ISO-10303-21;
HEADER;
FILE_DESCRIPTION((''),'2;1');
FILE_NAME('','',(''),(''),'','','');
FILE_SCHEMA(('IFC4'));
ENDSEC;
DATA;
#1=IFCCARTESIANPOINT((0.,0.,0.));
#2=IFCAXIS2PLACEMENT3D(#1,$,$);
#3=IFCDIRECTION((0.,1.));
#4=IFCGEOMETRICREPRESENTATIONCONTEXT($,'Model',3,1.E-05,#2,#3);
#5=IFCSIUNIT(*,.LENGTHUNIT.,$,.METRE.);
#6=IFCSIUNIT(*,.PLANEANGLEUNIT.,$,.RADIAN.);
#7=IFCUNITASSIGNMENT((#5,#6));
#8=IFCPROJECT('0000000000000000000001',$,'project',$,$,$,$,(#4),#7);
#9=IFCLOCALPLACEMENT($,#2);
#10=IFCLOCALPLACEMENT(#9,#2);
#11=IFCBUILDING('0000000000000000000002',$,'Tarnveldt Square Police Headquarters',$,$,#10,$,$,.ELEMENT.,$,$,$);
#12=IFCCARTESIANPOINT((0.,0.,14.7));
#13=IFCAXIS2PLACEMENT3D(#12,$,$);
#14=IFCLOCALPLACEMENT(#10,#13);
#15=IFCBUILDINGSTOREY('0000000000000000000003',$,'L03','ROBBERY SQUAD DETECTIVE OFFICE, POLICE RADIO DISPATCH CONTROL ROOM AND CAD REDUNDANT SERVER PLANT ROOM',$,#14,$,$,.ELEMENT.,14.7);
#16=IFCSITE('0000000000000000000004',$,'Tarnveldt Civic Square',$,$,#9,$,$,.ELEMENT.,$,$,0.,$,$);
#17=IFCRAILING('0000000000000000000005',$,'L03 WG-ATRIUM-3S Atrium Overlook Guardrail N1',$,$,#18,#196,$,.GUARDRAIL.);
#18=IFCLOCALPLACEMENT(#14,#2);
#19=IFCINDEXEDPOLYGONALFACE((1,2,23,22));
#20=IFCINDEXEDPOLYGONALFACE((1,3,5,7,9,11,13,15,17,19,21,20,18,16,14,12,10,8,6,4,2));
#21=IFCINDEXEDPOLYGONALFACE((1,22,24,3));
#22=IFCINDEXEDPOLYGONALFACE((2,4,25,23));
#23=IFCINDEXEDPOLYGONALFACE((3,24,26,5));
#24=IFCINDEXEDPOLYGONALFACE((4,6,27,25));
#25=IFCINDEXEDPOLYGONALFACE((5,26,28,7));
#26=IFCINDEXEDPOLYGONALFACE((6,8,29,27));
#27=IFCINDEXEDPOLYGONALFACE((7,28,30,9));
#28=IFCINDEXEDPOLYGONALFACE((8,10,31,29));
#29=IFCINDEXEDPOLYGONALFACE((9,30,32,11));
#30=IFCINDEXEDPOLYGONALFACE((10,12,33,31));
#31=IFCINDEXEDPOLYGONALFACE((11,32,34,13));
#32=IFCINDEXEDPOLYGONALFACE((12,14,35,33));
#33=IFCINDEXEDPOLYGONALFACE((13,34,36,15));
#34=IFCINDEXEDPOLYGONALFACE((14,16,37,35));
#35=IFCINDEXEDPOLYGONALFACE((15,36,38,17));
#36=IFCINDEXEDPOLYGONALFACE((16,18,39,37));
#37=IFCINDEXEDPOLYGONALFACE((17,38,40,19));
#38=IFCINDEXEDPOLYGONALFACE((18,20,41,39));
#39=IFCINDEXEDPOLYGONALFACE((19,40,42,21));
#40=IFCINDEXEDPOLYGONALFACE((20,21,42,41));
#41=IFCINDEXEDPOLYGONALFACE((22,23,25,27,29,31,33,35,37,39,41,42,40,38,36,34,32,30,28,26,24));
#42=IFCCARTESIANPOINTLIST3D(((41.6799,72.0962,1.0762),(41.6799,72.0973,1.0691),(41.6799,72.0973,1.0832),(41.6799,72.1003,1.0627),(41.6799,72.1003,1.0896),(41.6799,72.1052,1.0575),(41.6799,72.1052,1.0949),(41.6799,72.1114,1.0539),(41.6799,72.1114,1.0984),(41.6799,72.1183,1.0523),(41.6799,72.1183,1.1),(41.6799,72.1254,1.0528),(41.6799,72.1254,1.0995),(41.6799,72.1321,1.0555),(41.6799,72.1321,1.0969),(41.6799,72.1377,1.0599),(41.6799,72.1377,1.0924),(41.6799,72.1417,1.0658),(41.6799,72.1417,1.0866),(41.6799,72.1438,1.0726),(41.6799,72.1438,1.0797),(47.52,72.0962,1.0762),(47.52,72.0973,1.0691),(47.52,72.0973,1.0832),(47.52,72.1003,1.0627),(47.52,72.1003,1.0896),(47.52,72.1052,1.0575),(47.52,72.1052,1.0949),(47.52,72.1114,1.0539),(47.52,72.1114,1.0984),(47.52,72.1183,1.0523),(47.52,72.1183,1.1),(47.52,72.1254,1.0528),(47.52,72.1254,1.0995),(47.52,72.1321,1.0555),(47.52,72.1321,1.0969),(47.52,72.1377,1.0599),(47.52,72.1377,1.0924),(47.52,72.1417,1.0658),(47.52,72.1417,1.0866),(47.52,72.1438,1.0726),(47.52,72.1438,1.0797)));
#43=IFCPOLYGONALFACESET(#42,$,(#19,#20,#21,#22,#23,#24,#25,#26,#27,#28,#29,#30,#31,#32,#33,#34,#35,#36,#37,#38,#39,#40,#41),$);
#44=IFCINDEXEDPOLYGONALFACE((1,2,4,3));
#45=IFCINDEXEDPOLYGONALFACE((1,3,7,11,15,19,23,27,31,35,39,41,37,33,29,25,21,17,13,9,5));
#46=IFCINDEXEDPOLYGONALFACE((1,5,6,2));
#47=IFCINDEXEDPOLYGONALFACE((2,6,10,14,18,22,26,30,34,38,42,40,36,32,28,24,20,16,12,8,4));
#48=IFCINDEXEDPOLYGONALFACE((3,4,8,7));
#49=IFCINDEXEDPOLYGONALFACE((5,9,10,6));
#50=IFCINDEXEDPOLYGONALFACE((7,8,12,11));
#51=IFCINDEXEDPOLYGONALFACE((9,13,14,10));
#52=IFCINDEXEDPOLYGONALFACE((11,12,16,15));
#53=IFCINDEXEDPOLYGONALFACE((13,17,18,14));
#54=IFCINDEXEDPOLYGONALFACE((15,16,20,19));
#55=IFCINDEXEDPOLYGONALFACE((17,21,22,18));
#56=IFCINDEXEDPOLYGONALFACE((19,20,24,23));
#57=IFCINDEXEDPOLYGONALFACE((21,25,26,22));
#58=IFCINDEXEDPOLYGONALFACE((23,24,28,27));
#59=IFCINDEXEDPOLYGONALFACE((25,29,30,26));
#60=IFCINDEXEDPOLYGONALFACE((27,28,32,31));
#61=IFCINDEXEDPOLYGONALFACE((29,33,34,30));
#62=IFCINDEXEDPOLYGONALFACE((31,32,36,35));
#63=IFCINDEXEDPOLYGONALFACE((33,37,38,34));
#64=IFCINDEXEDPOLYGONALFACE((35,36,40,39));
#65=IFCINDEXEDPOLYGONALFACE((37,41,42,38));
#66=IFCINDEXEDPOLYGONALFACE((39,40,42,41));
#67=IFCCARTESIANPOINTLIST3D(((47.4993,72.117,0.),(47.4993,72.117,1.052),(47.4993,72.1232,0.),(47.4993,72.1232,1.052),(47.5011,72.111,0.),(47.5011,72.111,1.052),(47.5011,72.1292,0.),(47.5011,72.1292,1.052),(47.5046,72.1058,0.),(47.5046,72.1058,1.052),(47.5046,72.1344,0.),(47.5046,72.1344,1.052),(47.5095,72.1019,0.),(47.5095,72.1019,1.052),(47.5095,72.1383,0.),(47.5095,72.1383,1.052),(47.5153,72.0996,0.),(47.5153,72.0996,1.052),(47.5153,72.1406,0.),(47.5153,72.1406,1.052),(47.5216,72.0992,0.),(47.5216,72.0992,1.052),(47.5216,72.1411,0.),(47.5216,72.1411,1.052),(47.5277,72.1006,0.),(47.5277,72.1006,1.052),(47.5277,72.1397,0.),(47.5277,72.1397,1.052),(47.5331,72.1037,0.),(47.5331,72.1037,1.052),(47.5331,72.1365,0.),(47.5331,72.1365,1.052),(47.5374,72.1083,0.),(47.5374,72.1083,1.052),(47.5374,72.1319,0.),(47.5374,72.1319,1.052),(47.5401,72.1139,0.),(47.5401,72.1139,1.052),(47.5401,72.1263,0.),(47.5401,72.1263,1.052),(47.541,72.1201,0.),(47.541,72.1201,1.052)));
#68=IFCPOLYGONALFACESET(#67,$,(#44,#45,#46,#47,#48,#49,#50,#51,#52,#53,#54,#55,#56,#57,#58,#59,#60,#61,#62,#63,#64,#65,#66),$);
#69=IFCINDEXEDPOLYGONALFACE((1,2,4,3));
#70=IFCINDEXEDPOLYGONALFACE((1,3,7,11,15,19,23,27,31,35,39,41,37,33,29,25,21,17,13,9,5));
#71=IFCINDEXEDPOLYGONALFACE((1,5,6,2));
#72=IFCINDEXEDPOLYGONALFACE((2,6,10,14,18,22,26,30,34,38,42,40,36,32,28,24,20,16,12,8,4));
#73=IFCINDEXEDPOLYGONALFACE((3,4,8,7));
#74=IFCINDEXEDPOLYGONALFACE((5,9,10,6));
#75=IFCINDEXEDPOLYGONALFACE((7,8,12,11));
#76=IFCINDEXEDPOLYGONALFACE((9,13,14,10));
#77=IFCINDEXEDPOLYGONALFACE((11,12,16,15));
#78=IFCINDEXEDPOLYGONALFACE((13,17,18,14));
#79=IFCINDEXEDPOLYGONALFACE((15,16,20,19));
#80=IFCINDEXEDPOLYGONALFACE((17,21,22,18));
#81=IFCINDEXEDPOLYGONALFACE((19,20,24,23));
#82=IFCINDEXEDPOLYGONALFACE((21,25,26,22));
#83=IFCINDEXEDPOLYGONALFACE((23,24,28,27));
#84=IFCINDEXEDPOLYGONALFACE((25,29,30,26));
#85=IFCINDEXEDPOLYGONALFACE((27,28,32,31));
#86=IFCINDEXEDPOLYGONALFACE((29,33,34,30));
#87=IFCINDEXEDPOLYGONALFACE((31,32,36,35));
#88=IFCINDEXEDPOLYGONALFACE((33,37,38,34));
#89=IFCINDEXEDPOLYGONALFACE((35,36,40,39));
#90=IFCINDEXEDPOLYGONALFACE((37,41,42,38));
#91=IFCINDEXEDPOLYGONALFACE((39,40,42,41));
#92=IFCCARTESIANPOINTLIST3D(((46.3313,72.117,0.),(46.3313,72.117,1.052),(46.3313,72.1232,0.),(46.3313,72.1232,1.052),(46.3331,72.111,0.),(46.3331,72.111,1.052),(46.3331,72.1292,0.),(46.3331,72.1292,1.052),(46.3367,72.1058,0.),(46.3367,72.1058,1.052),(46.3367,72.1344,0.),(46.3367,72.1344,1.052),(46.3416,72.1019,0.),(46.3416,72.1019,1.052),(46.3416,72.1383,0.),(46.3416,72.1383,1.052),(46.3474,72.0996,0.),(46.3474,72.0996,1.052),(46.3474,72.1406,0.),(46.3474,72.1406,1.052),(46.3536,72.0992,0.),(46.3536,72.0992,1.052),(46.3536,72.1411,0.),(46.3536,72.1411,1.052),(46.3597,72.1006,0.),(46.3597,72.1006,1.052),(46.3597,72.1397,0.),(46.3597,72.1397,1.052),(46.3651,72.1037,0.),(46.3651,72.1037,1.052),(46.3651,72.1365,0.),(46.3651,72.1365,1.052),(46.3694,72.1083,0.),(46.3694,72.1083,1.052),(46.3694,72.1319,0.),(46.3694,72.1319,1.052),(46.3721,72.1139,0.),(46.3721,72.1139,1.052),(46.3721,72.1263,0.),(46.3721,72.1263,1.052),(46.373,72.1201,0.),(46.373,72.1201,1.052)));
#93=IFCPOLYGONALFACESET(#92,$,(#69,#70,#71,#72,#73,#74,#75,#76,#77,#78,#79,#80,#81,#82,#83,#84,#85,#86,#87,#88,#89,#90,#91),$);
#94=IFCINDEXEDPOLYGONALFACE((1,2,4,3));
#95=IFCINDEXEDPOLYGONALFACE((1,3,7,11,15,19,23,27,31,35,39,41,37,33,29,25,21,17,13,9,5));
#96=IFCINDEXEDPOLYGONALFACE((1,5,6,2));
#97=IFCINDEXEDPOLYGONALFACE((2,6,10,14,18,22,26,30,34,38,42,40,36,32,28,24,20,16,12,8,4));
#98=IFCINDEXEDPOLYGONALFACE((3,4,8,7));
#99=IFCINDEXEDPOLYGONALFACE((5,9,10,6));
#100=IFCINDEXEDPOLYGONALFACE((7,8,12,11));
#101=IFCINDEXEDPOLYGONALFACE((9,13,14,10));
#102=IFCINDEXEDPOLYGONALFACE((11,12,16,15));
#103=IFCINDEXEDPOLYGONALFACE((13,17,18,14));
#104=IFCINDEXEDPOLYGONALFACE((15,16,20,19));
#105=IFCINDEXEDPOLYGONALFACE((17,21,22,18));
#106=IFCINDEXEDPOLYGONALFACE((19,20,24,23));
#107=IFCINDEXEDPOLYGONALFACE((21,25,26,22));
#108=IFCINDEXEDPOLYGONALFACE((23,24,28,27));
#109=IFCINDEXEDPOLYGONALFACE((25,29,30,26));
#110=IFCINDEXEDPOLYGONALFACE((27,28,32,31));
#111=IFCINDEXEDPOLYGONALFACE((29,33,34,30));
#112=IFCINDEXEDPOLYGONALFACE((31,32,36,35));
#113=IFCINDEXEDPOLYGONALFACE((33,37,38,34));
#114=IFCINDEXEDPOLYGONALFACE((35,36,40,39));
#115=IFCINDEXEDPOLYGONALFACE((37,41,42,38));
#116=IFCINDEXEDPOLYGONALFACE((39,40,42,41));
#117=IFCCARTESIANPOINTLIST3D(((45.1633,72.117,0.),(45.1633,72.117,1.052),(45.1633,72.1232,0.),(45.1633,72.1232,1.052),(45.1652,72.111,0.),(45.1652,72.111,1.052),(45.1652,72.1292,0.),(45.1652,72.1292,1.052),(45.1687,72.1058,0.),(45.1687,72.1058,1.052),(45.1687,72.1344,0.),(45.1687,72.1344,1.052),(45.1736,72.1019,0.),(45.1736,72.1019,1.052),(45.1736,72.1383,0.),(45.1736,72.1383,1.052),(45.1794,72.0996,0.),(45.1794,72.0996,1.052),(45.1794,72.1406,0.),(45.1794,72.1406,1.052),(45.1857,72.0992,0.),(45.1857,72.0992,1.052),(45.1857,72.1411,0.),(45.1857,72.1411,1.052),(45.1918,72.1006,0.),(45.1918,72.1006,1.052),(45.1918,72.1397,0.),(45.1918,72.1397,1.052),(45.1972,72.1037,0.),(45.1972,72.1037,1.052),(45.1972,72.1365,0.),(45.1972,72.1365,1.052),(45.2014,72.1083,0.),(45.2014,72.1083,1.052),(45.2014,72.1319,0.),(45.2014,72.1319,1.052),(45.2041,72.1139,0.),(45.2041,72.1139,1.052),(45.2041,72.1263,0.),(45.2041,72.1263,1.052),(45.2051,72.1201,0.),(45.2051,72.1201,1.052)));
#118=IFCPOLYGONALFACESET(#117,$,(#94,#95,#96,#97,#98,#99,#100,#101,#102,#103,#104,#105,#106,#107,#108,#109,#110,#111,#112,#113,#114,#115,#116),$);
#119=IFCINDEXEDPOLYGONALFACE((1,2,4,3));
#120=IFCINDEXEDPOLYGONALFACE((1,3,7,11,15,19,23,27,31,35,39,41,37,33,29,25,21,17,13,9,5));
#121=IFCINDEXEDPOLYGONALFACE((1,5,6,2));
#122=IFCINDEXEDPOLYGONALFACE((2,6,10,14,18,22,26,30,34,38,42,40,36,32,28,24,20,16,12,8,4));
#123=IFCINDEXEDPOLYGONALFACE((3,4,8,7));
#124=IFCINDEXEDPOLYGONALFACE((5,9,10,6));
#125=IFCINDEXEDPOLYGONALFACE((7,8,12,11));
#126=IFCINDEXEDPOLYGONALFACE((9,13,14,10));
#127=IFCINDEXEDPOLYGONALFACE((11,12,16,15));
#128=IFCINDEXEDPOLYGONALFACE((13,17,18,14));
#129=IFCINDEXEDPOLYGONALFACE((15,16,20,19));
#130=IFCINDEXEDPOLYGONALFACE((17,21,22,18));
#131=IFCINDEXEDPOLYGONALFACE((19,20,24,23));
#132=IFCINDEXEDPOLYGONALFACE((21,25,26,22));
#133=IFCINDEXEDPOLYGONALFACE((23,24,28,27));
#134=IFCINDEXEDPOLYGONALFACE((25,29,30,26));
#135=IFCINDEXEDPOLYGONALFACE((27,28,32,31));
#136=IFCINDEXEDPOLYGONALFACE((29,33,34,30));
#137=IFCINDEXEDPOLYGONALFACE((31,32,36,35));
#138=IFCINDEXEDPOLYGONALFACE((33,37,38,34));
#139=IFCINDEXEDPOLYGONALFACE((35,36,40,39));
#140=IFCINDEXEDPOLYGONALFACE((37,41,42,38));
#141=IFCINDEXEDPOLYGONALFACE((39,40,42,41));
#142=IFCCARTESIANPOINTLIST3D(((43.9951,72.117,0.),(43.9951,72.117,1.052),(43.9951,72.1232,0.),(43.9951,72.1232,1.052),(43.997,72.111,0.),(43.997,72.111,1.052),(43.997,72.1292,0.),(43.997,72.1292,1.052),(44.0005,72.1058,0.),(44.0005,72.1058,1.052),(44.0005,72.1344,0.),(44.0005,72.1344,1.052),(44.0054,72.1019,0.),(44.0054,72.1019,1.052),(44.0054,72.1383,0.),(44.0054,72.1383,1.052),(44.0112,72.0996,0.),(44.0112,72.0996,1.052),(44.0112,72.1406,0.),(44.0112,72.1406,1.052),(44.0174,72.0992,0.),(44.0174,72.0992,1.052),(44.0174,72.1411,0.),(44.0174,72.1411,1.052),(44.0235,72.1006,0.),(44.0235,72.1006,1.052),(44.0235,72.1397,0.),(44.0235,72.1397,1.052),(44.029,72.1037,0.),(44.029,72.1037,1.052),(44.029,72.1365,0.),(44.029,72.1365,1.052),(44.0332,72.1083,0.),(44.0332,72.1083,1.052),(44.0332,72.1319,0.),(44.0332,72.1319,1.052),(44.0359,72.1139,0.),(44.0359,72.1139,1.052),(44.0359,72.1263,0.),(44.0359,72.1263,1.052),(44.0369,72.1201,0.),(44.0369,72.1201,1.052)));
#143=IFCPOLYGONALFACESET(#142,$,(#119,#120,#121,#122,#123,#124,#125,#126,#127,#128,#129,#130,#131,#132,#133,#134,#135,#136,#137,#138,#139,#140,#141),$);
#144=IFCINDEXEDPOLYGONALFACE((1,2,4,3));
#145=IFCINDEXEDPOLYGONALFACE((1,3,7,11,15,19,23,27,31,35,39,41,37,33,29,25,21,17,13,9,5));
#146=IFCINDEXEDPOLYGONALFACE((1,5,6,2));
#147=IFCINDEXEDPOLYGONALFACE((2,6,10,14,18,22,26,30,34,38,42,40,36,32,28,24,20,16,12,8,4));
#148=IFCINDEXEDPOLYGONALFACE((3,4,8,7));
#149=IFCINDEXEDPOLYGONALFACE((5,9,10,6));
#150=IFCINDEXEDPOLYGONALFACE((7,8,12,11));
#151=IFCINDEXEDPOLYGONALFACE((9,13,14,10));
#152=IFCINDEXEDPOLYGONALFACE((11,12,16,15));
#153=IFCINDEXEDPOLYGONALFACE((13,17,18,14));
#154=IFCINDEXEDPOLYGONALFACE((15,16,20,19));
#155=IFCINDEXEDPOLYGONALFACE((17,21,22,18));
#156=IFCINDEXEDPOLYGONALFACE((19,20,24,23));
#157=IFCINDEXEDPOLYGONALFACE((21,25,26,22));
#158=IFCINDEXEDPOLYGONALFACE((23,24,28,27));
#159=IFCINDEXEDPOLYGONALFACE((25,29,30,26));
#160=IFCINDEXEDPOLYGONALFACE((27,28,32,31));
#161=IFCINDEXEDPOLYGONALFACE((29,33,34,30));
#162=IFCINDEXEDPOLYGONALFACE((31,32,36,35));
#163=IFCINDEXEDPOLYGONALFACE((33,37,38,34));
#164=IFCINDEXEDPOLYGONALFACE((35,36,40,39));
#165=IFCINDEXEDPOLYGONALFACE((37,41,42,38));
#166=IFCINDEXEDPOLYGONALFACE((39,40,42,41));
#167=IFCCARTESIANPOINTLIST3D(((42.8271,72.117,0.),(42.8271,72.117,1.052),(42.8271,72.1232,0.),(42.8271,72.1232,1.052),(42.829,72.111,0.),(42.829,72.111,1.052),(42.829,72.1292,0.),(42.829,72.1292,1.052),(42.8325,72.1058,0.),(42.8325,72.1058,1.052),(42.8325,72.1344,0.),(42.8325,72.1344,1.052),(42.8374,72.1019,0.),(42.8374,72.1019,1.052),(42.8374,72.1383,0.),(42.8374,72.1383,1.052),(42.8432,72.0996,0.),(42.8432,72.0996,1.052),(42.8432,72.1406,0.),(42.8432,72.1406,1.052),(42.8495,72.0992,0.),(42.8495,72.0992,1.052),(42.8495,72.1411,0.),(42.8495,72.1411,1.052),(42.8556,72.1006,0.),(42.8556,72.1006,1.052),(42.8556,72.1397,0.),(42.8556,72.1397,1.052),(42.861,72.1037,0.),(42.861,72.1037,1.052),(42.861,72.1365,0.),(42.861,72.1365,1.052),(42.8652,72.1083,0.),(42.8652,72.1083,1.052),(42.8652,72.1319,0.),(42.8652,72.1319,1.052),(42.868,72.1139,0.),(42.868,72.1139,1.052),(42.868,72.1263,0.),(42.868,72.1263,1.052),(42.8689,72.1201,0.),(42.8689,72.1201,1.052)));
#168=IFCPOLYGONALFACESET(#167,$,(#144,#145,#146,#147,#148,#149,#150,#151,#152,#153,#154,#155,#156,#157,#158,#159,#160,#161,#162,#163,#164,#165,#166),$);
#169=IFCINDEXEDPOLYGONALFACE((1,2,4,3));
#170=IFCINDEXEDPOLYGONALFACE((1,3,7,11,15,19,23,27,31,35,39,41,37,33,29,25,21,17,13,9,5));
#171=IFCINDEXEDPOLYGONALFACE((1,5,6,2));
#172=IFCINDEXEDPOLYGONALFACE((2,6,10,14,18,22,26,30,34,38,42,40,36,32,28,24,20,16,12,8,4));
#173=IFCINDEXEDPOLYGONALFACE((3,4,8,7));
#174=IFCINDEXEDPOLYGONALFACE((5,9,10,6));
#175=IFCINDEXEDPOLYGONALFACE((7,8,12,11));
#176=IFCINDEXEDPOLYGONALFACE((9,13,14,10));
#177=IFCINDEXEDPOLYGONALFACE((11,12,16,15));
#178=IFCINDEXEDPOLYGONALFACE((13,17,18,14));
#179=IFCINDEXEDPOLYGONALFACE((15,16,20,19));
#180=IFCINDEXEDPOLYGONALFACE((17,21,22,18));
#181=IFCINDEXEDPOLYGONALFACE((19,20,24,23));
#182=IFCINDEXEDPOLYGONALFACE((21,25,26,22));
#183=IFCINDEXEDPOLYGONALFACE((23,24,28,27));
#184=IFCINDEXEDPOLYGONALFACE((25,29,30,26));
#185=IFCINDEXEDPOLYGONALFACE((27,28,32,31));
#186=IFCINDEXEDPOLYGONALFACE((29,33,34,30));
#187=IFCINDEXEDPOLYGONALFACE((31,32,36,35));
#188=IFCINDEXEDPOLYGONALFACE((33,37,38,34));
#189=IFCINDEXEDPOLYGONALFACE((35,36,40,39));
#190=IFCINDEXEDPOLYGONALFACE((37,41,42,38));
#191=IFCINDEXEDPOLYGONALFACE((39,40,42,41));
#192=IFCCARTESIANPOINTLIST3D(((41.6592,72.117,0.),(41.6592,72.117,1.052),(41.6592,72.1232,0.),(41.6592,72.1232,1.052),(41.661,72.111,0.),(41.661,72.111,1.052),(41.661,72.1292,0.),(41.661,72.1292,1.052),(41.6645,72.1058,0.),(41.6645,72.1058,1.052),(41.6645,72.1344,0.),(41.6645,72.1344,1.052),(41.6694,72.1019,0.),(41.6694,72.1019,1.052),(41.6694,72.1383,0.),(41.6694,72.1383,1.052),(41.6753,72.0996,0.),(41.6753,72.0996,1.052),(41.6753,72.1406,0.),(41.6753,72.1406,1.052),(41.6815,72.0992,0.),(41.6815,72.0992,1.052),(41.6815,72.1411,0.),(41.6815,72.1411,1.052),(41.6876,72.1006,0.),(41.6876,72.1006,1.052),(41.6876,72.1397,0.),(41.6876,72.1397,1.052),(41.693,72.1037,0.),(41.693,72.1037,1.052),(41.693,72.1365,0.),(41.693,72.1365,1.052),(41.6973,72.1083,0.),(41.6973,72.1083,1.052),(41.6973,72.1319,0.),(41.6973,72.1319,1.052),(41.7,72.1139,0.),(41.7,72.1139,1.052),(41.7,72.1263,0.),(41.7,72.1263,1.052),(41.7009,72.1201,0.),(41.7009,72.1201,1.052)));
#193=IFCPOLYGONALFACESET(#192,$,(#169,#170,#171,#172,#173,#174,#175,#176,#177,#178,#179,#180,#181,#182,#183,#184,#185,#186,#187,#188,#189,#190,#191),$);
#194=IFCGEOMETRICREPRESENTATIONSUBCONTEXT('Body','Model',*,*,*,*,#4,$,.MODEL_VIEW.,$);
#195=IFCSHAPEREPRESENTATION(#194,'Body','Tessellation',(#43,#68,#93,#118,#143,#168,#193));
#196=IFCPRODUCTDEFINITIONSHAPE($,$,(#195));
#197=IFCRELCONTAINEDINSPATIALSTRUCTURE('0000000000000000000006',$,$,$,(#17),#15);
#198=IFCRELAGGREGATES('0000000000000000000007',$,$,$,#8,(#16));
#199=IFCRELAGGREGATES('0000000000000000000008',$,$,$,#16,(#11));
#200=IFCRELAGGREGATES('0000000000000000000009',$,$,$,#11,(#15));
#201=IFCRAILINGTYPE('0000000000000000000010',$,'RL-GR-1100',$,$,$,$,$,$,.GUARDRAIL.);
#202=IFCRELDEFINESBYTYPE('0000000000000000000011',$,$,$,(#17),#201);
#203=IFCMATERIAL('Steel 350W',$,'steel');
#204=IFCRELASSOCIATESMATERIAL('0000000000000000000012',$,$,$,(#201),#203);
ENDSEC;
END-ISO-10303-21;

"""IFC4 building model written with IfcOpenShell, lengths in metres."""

from ifc_helpers import new_model, si_unit, direction, frame, origin, origin_2d, place, context, subcontext, project, spatial, circle, extrude, material, type_object, element, save


model = new_model("IFC4")

# Units and contexts
model_context = context("Model", 3, precision=1e-05, world=origin(), true_north=direction((0.0, 1.0)))
body_context = subcontext(model_context, "Body", "Model", "MODEL_VIEW")
ifc_project = project(units=[si_unit("LENGTHUNIT", "METRE"), si_unit("PLANEANGLEUNIT", "RADIAN")], contexts=[model_context])

# Site, building, storey
site_placement = place(None, origin())
site = spatial("IfcSite", under=ifc_project, at=site_placement, Name="Tarnveldt Civic Square", CompositionType="ELEMENT", RefElevation=0.0)
building_placement = place(site_placement, origin())
building = spatial("IfcBuilding", under=site, at=building_placement, Name="Tarnveldt Square Police Headquarters", CompositionType="ELEMENT")
storey_placement = place(building_placement, frame((0.0, 0.0, 14.7)))
storey = spatial("IfcBuildingStorey", under=building, at=storey_placement, Name="L03", Description="ROBBERY SQUAD DETECTIVE OFFICE, POLICE RADIO DISPATCH CONTROL ROOM AND CAD REDUNDANT SERVER PLANT ROOM", CompositionType="ELEMENT", Elevation=14.7)

# Shared definitions
ifc_material_1 = material(Name="Steel 350W", Category="steel")

# Railing
railing_type = type_object("IfcRailingType", Name="RL-GR-1100", PredefinedType="GUARDRAIL", material=ifc_material_1)
railing_1_placement = place(storey_placement, frame((47.52, 72.1201, 0.0)))
element("IfcRailing", 1, at=railing_1_placement, inside=storey, type_object=railing_type, Name="L03 WG-ATRIUM-3S Atrium Overlook Guardrail N1", PredefinedType="GUARDRAIL", context=body_context, shape_type="SweptSolid", body=[
    extrude(circle(Radius=0.0239, at=origin_2d()), frame((0.0, 0.0, 1.0762), z_axis=(-1.0, 0.0, 0.0), x_axis=(0.0, -1.0, 0.0)), (0.0, 0.0, 1.0), 5.8401),
    extrude(circle(Radius=0.021, at=origin_2d()), origin(), (0.0, 0.0, 1.0), 1.052),
    extrude(circle(Radius=0.021, at=origin_2d()), frame((-1.168, 0.0, 0.0)), (0.0, 0.0, 1.0), 1.052),
    extrude(circle(Radius=0.021, at=origin_2d()), frame((-2.3359, 0.0, 0.0)), (0.0, 0.0, 1.0), 1.052),
    extrude(circle(Radius=0.021, at=origin_2d()), frame((-3.5042, 0.0, 0.0)), (0.0, 0.0, 1.0), 1.052),
    extrude(circle(Radius=0.021, at=origin_2d()), frame((-4.6721, 0.0, 0.0)), (0.0, 0.0, 1.0), 1.052),
    extrude(circle(Radius=0.021, at=origin_2d()), frame((-5.8401, 0.0, 0.0)), (0.0, 0.0, 1.0), 1.052),
])

save(model, "model.ifc")
